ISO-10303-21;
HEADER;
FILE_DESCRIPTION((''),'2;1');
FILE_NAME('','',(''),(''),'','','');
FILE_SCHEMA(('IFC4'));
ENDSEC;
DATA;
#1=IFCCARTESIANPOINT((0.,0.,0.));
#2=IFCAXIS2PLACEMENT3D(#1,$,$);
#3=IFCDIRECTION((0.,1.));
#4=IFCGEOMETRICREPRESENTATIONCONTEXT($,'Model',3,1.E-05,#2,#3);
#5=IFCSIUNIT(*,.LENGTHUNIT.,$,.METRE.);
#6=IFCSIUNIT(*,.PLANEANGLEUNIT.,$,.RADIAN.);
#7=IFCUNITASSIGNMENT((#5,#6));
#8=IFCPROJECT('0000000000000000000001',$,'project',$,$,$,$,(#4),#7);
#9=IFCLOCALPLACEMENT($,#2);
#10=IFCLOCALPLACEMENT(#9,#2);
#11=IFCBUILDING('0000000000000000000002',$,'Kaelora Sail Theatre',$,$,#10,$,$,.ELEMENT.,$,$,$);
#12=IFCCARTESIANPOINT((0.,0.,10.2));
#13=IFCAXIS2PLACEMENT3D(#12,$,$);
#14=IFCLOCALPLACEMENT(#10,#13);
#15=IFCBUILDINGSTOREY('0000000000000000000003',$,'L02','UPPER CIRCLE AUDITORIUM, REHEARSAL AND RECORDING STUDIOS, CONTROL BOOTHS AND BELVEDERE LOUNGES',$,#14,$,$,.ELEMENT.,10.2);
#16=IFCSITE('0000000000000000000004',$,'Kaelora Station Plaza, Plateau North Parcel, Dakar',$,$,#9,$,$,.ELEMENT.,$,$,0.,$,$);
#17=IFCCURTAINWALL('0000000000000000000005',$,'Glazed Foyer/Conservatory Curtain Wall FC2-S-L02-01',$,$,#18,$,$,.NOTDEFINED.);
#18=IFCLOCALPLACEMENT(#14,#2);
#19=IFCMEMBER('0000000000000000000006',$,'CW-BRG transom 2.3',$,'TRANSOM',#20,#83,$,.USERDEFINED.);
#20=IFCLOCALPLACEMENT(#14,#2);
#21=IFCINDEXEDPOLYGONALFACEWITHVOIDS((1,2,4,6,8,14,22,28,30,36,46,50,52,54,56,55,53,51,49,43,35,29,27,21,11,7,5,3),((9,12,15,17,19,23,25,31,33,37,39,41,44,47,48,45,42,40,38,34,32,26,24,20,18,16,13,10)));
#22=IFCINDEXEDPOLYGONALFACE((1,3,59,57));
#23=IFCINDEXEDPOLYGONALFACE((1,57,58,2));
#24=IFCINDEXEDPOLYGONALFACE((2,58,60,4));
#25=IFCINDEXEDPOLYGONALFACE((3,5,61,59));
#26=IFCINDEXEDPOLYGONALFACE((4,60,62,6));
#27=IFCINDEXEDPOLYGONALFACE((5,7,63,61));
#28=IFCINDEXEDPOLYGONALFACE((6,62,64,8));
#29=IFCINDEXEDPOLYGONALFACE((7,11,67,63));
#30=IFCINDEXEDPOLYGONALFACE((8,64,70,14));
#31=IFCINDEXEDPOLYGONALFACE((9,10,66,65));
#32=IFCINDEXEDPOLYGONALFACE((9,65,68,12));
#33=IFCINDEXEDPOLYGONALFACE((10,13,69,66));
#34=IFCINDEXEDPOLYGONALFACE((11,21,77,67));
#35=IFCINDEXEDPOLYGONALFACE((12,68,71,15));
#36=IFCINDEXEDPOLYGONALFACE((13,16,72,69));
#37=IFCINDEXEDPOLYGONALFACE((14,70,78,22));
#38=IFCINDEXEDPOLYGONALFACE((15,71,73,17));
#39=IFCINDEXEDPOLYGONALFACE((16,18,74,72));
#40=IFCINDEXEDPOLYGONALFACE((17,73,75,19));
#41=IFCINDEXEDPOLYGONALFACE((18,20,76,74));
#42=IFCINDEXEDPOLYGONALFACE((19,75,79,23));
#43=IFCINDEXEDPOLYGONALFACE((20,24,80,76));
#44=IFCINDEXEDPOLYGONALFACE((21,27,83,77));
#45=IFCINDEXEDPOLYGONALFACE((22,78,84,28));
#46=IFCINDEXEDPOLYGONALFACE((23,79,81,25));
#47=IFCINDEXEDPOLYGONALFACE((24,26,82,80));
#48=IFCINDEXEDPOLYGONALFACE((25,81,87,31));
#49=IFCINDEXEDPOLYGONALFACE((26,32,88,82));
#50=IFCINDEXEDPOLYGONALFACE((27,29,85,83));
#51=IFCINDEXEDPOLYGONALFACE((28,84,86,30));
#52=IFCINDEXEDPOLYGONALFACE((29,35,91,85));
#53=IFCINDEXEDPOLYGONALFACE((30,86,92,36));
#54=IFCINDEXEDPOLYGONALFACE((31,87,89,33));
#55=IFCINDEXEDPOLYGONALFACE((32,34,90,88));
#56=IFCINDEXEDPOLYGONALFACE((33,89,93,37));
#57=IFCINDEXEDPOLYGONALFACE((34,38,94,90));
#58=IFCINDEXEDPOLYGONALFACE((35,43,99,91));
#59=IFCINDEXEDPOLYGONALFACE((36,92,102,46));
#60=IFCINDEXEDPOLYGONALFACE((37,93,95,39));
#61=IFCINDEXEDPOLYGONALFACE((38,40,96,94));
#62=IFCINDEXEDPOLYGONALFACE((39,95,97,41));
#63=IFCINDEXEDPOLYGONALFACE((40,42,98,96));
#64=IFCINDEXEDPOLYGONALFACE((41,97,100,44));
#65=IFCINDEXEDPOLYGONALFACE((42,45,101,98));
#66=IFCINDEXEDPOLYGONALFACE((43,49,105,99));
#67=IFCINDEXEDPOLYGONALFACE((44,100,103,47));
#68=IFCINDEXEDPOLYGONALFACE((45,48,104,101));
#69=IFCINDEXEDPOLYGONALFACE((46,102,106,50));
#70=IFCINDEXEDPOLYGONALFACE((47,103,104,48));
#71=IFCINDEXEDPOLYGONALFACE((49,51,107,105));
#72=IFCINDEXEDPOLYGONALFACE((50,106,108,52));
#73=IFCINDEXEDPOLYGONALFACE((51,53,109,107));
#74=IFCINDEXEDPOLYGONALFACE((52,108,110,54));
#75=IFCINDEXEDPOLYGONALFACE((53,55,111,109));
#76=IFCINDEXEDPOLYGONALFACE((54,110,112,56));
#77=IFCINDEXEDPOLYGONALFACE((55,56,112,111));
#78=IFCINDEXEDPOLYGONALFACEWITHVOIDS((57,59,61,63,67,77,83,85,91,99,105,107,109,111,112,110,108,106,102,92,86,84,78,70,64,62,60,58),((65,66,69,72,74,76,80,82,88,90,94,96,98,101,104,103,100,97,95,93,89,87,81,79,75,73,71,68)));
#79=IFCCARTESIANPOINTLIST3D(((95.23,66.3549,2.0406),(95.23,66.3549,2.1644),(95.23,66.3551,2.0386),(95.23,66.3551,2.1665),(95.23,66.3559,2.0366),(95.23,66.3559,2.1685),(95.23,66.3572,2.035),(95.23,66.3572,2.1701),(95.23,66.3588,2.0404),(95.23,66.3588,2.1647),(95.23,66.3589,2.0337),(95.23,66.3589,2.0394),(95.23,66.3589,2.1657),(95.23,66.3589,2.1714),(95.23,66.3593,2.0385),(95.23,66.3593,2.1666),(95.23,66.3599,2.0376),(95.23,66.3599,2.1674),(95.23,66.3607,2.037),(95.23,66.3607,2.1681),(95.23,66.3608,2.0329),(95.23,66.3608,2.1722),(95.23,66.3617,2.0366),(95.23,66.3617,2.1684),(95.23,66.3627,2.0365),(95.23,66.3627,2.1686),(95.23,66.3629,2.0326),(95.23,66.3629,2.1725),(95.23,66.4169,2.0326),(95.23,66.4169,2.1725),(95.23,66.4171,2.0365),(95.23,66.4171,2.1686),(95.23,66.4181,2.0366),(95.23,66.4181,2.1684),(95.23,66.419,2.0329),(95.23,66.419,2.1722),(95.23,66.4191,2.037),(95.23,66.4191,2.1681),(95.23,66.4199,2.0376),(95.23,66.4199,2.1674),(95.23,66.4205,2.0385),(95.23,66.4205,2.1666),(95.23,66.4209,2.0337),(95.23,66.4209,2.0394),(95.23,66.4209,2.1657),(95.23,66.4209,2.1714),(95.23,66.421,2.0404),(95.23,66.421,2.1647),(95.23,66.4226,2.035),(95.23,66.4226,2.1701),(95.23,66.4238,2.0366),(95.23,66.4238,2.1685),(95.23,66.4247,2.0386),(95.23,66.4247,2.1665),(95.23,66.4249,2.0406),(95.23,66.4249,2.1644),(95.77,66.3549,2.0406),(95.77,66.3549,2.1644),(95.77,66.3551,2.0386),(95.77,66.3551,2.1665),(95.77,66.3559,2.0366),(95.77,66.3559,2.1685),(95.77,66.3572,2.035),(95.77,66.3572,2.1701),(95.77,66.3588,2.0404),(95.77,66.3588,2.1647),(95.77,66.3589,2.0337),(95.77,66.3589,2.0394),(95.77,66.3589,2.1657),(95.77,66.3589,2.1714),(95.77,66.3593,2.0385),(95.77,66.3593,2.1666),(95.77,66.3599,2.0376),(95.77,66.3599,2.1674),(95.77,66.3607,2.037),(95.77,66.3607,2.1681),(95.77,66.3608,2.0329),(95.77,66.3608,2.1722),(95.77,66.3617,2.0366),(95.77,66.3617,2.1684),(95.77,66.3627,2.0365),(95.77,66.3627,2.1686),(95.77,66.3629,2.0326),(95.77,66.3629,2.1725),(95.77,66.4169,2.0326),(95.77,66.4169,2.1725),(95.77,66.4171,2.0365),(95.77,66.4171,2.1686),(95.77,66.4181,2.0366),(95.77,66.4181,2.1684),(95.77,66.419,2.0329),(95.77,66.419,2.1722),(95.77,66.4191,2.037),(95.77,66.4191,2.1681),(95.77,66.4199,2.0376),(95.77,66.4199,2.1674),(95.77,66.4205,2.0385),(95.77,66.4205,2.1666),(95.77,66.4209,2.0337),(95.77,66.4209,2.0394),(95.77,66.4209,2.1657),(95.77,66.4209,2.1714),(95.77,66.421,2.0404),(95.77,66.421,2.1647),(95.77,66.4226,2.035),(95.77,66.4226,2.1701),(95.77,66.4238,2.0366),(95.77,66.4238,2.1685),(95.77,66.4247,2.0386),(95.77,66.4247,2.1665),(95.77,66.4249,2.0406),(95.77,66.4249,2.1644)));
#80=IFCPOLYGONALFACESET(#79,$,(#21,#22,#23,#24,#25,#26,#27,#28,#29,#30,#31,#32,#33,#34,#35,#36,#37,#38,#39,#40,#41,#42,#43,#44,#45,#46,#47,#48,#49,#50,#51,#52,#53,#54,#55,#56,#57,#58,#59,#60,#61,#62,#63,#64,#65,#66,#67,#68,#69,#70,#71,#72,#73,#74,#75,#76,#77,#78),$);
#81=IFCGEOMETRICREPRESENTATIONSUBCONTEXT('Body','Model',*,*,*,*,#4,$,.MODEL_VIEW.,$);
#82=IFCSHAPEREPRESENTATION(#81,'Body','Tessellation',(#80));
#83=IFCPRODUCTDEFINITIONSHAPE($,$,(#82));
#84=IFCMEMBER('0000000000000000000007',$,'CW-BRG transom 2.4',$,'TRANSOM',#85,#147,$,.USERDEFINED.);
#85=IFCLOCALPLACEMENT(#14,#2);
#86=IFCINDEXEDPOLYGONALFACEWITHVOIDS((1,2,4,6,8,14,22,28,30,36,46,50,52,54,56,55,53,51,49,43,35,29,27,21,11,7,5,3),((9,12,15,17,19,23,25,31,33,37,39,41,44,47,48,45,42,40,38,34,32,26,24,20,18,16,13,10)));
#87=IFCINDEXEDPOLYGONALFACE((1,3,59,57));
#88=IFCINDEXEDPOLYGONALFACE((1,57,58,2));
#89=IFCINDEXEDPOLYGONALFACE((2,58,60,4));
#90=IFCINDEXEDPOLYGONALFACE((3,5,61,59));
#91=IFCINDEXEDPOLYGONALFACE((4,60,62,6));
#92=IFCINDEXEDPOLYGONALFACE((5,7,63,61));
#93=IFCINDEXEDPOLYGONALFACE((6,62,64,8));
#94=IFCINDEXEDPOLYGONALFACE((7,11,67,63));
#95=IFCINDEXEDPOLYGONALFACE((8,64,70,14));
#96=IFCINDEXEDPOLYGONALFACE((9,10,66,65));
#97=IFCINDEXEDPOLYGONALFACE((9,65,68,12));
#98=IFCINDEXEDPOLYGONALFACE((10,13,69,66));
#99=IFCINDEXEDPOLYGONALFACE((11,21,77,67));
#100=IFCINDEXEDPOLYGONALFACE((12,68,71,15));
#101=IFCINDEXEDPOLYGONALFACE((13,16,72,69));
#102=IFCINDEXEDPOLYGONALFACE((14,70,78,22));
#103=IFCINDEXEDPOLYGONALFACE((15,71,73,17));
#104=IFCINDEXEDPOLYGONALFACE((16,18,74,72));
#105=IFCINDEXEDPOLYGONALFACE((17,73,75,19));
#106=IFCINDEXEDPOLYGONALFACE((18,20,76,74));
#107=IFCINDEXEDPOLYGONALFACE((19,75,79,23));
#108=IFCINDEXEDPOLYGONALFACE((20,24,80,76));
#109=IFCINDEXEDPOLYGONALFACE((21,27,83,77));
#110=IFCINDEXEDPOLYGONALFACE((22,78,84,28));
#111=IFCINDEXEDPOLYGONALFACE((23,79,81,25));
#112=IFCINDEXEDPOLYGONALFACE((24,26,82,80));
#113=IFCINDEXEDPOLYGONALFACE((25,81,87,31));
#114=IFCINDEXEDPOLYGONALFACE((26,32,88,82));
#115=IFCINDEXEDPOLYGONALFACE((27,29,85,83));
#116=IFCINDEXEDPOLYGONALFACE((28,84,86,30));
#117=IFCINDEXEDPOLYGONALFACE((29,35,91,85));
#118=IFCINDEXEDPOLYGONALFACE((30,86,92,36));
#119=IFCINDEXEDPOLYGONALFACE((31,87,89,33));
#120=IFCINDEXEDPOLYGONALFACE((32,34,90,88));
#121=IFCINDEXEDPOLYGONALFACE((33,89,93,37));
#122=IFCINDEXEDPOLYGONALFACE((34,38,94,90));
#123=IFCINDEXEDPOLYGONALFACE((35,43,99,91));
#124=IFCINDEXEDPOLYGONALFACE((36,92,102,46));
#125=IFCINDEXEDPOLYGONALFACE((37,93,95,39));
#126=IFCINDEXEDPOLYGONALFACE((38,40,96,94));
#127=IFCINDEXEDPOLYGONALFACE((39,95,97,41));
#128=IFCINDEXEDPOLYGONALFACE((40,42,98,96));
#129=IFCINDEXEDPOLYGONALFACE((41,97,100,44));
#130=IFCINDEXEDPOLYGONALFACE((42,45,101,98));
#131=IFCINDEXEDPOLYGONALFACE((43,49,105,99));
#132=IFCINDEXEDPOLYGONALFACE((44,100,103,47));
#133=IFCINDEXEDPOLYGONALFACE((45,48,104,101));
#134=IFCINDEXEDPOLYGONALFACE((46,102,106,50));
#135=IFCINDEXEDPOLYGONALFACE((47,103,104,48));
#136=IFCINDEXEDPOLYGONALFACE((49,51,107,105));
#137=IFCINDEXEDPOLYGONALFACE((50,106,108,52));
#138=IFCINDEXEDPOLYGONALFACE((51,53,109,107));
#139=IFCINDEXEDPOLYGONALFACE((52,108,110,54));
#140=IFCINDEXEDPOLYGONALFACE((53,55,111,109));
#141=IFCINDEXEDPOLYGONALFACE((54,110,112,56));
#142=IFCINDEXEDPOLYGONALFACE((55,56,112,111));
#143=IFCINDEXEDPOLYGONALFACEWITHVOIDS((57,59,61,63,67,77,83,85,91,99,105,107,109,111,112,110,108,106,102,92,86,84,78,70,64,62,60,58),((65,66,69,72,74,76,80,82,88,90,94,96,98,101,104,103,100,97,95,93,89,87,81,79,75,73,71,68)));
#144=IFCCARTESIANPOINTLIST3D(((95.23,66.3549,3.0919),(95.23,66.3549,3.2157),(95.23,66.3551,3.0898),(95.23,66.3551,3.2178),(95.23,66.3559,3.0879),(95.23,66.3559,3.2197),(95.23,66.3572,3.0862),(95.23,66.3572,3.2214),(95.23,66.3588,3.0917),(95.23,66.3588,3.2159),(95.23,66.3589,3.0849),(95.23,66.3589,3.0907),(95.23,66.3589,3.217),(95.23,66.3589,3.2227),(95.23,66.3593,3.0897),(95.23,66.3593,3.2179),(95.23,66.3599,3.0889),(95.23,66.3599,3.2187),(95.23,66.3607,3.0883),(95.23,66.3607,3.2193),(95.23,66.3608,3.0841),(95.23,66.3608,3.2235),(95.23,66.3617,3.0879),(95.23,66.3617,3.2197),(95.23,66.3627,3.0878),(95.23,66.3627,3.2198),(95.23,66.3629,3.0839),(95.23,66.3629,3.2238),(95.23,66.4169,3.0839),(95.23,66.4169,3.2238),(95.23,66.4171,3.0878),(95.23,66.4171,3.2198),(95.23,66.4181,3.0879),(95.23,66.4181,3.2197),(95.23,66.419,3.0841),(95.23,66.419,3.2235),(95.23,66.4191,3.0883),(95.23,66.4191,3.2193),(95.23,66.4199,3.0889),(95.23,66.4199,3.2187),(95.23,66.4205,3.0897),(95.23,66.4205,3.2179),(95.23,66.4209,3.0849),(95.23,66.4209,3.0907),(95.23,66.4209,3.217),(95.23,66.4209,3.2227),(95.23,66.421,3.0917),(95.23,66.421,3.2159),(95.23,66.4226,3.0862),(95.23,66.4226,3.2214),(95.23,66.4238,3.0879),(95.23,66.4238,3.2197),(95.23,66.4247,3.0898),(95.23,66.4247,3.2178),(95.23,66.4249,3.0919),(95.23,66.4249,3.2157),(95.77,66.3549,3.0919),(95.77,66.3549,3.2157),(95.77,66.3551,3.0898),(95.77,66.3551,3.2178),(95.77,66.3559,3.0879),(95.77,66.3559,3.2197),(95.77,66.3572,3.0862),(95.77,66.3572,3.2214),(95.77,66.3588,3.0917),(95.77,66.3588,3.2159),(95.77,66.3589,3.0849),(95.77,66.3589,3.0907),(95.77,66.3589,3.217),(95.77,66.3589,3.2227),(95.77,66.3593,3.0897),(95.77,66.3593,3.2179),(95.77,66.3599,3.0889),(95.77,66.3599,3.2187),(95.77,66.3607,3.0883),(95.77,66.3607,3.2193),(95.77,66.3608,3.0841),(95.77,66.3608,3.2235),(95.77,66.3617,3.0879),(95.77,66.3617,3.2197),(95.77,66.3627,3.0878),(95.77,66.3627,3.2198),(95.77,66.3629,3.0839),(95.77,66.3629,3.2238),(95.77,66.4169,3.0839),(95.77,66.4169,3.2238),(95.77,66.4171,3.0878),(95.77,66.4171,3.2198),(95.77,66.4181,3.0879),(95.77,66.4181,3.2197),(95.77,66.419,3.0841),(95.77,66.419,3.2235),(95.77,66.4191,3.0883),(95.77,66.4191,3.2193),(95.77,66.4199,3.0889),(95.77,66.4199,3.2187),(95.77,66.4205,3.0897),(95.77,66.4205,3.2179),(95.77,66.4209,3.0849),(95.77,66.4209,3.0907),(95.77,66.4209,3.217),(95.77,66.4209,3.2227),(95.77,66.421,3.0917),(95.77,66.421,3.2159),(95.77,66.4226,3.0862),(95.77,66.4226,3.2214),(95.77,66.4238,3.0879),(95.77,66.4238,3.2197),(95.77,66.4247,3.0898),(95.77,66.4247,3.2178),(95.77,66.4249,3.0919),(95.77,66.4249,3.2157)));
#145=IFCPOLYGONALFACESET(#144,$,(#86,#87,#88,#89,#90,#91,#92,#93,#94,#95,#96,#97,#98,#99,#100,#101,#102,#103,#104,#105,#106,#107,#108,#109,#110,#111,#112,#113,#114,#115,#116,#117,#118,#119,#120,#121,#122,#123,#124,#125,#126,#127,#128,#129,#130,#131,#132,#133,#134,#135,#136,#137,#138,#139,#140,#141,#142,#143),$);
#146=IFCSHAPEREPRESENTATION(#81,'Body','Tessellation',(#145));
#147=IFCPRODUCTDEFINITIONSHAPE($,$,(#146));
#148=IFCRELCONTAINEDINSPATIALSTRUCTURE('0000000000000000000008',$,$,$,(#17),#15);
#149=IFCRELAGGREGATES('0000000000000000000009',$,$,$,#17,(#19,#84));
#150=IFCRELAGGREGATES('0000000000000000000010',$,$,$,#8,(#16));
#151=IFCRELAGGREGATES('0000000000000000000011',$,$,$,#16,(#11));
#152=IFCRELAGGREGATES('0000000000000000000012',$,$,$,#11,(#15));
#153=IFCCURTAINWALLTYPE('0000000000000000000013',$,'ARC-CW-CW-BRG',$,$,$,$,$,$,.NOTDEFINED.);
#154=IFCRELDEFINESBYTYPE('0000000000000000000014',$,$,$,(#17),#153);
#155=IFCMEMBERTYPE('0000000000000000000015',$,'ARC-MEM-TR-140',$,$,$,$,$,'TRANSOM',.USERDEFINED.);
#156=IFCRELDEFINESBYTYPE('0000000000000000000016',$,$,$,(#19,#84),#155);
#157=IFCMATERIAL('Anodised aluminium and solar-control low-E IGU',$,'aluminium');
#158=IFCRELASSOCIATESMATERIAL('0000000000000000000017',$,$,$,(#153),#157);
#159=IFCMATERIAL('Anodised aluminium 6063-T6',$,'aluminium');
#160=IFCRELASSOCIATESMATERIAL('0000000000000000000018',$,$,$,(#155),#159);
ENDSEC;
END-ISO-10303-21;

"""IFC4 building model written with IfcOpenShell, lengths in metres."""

from ifc_helpers import new_model, si_unit, direction, frame, origin, origin_2d, place, context, subcontext, project, spatial, hollow_rectangle, extrude, material, material_profile, profile_set, type_object, element, aggregate, save


model = new_model("IFC4")

# Units and contexts
model_context = context("Model", 3, precision=1e-05, world=origin(), true_north=direction((0.0, 1.0)))
body_context = subcontext(model_context, "Body", "Model", "MODEL_VIEW")
ifc_project = project(units=[si_unit("LENGTHUNIT", "METRE"), si_unit("PLANEANGLEUNIT", "RADIAN")], contexts=[model_context])

# Site, building, storey
site_placement = place(None, origin())
site = spatial("IfcSite", under=ifc_project, at=site_placement, Name="Kaelora Station Plaza, Plateau North Parcel, Dakar", CompositionType="ELEMENT", RefElevation=0.0)
building_placement = place(site_placement, origin())
building = spatial("IfcBuilding", under=site, at=building_placement, Name="Kaelora Sail Theatre", CompositionType="ELEMENT")
storey_placement = place(building_placement, frame((0.0, 0.0, 10.2)))
storey = spatial("IfcBuildingStorey", under=building, at=storey_placement, Name="L02", Description="UPPER CIRCLE AUDITORIUM, REHEARSAL AND RECORDING STUDIOS, CONTROL BOOTHS AND BELVEDERE LOUNGES", CompositionType="ELEMENT", Elevation=10.2)

# Curtain wall, members
ifc_material_1 = material(Name="Anodised aluminium and solar-control low-E IGU", Category="aluminium")
curtain_wall_type = type_object("IfcCurtainWallType", Name="ARC-CW-CW-BRG", PredefinedType="NOTDEFINED", material=ifc_material_1)
curtain_wall_placement = place(storey_placement, origin())
curtain_wall = element("IfcCurtainWall", 1, at=curtain_wall_placement, inside=storey, type_object=curtain_wall_type, Name="Glazed Foyer/Conservatory Curtain Wall FC2-S-L02-01", PredefinedType="NOTDEFINED")
ifc_material_2 = material(Name="Anodised aluminium 6063-T6", Category="aluminium")
ifc_material_profile_1 = material_profile(ifc_material_2, hollow_rectangle(XDim=0.0701, YDim=0.1399, WallThickness=0.0039, InnerFilletRadius=0.0039, OuterFilletRadius=0.0081, at=origin_2d()), Name="ALU-TRAN 70x140x4")
ifc_profile_set_1 = profile_set([ifc_material_profile_1], Name="Anodised aluminium 6063-T6")
member_type_1 = type_object("IfcMemberType", Name="ARC-MEM-TR-140", ElementType="TRANSOM", PredefinedType="USERDEFINED", material=ifc_profile_set_1)
member_1_placement = place(storey_placement, frame((95.23, 66.3899, 2.1025), z_axis=(1.0, 0.0, 0.0), x_axis=(0.0, 1.0, 0.0)))
member_1 = element("IfcMember", 2, at=member_1_placement, type_object=member_type_1, Name="CW-BRG transom 2.3", ObjectType="TRANSOM", PredefinedType="USERDEFINED", context=body_context, shape_type="SweptSolid", body=[
    extrude(hollow_rectangle(XDim=0.0701, YDim=0.1399, WallThickness=0.0039, InnerFilletRadius=0.0039, OuterFilletRadius=0.0081, at=origin_2d()), origin(), (0.0, 0.0, 1.0), 0.54),
])
member_2_placement = place(storey_placement, frame((95.23, 66.3899, 3.1538), z_axis=(1.0, 0.0, 0.0), x_axis=(0.0, 1.0, 0.0)))
member_2 = element("IfcMember", 3, at=member_2_placement, type_object=member_type_1, Name="CW-BRG transom 2.4", ObjectType="TRANSOM", PredefinedType="USERDEFINED", context=body_context, shape_type="SweptSolid", body=[
    extrude(hollow_rectangle(XDim=0.0701, YDim=0.1399, WallThickness=0.0039, InnerFilletRadius=0.0039, OuterFilletRadius=0.0081, at=origin_2d()), origin(), (0.0, 0.0, 1.0), 0.54),
])
aggregate(curtain_wall, [member_1, member_2])

save(model, "model.ifc")
